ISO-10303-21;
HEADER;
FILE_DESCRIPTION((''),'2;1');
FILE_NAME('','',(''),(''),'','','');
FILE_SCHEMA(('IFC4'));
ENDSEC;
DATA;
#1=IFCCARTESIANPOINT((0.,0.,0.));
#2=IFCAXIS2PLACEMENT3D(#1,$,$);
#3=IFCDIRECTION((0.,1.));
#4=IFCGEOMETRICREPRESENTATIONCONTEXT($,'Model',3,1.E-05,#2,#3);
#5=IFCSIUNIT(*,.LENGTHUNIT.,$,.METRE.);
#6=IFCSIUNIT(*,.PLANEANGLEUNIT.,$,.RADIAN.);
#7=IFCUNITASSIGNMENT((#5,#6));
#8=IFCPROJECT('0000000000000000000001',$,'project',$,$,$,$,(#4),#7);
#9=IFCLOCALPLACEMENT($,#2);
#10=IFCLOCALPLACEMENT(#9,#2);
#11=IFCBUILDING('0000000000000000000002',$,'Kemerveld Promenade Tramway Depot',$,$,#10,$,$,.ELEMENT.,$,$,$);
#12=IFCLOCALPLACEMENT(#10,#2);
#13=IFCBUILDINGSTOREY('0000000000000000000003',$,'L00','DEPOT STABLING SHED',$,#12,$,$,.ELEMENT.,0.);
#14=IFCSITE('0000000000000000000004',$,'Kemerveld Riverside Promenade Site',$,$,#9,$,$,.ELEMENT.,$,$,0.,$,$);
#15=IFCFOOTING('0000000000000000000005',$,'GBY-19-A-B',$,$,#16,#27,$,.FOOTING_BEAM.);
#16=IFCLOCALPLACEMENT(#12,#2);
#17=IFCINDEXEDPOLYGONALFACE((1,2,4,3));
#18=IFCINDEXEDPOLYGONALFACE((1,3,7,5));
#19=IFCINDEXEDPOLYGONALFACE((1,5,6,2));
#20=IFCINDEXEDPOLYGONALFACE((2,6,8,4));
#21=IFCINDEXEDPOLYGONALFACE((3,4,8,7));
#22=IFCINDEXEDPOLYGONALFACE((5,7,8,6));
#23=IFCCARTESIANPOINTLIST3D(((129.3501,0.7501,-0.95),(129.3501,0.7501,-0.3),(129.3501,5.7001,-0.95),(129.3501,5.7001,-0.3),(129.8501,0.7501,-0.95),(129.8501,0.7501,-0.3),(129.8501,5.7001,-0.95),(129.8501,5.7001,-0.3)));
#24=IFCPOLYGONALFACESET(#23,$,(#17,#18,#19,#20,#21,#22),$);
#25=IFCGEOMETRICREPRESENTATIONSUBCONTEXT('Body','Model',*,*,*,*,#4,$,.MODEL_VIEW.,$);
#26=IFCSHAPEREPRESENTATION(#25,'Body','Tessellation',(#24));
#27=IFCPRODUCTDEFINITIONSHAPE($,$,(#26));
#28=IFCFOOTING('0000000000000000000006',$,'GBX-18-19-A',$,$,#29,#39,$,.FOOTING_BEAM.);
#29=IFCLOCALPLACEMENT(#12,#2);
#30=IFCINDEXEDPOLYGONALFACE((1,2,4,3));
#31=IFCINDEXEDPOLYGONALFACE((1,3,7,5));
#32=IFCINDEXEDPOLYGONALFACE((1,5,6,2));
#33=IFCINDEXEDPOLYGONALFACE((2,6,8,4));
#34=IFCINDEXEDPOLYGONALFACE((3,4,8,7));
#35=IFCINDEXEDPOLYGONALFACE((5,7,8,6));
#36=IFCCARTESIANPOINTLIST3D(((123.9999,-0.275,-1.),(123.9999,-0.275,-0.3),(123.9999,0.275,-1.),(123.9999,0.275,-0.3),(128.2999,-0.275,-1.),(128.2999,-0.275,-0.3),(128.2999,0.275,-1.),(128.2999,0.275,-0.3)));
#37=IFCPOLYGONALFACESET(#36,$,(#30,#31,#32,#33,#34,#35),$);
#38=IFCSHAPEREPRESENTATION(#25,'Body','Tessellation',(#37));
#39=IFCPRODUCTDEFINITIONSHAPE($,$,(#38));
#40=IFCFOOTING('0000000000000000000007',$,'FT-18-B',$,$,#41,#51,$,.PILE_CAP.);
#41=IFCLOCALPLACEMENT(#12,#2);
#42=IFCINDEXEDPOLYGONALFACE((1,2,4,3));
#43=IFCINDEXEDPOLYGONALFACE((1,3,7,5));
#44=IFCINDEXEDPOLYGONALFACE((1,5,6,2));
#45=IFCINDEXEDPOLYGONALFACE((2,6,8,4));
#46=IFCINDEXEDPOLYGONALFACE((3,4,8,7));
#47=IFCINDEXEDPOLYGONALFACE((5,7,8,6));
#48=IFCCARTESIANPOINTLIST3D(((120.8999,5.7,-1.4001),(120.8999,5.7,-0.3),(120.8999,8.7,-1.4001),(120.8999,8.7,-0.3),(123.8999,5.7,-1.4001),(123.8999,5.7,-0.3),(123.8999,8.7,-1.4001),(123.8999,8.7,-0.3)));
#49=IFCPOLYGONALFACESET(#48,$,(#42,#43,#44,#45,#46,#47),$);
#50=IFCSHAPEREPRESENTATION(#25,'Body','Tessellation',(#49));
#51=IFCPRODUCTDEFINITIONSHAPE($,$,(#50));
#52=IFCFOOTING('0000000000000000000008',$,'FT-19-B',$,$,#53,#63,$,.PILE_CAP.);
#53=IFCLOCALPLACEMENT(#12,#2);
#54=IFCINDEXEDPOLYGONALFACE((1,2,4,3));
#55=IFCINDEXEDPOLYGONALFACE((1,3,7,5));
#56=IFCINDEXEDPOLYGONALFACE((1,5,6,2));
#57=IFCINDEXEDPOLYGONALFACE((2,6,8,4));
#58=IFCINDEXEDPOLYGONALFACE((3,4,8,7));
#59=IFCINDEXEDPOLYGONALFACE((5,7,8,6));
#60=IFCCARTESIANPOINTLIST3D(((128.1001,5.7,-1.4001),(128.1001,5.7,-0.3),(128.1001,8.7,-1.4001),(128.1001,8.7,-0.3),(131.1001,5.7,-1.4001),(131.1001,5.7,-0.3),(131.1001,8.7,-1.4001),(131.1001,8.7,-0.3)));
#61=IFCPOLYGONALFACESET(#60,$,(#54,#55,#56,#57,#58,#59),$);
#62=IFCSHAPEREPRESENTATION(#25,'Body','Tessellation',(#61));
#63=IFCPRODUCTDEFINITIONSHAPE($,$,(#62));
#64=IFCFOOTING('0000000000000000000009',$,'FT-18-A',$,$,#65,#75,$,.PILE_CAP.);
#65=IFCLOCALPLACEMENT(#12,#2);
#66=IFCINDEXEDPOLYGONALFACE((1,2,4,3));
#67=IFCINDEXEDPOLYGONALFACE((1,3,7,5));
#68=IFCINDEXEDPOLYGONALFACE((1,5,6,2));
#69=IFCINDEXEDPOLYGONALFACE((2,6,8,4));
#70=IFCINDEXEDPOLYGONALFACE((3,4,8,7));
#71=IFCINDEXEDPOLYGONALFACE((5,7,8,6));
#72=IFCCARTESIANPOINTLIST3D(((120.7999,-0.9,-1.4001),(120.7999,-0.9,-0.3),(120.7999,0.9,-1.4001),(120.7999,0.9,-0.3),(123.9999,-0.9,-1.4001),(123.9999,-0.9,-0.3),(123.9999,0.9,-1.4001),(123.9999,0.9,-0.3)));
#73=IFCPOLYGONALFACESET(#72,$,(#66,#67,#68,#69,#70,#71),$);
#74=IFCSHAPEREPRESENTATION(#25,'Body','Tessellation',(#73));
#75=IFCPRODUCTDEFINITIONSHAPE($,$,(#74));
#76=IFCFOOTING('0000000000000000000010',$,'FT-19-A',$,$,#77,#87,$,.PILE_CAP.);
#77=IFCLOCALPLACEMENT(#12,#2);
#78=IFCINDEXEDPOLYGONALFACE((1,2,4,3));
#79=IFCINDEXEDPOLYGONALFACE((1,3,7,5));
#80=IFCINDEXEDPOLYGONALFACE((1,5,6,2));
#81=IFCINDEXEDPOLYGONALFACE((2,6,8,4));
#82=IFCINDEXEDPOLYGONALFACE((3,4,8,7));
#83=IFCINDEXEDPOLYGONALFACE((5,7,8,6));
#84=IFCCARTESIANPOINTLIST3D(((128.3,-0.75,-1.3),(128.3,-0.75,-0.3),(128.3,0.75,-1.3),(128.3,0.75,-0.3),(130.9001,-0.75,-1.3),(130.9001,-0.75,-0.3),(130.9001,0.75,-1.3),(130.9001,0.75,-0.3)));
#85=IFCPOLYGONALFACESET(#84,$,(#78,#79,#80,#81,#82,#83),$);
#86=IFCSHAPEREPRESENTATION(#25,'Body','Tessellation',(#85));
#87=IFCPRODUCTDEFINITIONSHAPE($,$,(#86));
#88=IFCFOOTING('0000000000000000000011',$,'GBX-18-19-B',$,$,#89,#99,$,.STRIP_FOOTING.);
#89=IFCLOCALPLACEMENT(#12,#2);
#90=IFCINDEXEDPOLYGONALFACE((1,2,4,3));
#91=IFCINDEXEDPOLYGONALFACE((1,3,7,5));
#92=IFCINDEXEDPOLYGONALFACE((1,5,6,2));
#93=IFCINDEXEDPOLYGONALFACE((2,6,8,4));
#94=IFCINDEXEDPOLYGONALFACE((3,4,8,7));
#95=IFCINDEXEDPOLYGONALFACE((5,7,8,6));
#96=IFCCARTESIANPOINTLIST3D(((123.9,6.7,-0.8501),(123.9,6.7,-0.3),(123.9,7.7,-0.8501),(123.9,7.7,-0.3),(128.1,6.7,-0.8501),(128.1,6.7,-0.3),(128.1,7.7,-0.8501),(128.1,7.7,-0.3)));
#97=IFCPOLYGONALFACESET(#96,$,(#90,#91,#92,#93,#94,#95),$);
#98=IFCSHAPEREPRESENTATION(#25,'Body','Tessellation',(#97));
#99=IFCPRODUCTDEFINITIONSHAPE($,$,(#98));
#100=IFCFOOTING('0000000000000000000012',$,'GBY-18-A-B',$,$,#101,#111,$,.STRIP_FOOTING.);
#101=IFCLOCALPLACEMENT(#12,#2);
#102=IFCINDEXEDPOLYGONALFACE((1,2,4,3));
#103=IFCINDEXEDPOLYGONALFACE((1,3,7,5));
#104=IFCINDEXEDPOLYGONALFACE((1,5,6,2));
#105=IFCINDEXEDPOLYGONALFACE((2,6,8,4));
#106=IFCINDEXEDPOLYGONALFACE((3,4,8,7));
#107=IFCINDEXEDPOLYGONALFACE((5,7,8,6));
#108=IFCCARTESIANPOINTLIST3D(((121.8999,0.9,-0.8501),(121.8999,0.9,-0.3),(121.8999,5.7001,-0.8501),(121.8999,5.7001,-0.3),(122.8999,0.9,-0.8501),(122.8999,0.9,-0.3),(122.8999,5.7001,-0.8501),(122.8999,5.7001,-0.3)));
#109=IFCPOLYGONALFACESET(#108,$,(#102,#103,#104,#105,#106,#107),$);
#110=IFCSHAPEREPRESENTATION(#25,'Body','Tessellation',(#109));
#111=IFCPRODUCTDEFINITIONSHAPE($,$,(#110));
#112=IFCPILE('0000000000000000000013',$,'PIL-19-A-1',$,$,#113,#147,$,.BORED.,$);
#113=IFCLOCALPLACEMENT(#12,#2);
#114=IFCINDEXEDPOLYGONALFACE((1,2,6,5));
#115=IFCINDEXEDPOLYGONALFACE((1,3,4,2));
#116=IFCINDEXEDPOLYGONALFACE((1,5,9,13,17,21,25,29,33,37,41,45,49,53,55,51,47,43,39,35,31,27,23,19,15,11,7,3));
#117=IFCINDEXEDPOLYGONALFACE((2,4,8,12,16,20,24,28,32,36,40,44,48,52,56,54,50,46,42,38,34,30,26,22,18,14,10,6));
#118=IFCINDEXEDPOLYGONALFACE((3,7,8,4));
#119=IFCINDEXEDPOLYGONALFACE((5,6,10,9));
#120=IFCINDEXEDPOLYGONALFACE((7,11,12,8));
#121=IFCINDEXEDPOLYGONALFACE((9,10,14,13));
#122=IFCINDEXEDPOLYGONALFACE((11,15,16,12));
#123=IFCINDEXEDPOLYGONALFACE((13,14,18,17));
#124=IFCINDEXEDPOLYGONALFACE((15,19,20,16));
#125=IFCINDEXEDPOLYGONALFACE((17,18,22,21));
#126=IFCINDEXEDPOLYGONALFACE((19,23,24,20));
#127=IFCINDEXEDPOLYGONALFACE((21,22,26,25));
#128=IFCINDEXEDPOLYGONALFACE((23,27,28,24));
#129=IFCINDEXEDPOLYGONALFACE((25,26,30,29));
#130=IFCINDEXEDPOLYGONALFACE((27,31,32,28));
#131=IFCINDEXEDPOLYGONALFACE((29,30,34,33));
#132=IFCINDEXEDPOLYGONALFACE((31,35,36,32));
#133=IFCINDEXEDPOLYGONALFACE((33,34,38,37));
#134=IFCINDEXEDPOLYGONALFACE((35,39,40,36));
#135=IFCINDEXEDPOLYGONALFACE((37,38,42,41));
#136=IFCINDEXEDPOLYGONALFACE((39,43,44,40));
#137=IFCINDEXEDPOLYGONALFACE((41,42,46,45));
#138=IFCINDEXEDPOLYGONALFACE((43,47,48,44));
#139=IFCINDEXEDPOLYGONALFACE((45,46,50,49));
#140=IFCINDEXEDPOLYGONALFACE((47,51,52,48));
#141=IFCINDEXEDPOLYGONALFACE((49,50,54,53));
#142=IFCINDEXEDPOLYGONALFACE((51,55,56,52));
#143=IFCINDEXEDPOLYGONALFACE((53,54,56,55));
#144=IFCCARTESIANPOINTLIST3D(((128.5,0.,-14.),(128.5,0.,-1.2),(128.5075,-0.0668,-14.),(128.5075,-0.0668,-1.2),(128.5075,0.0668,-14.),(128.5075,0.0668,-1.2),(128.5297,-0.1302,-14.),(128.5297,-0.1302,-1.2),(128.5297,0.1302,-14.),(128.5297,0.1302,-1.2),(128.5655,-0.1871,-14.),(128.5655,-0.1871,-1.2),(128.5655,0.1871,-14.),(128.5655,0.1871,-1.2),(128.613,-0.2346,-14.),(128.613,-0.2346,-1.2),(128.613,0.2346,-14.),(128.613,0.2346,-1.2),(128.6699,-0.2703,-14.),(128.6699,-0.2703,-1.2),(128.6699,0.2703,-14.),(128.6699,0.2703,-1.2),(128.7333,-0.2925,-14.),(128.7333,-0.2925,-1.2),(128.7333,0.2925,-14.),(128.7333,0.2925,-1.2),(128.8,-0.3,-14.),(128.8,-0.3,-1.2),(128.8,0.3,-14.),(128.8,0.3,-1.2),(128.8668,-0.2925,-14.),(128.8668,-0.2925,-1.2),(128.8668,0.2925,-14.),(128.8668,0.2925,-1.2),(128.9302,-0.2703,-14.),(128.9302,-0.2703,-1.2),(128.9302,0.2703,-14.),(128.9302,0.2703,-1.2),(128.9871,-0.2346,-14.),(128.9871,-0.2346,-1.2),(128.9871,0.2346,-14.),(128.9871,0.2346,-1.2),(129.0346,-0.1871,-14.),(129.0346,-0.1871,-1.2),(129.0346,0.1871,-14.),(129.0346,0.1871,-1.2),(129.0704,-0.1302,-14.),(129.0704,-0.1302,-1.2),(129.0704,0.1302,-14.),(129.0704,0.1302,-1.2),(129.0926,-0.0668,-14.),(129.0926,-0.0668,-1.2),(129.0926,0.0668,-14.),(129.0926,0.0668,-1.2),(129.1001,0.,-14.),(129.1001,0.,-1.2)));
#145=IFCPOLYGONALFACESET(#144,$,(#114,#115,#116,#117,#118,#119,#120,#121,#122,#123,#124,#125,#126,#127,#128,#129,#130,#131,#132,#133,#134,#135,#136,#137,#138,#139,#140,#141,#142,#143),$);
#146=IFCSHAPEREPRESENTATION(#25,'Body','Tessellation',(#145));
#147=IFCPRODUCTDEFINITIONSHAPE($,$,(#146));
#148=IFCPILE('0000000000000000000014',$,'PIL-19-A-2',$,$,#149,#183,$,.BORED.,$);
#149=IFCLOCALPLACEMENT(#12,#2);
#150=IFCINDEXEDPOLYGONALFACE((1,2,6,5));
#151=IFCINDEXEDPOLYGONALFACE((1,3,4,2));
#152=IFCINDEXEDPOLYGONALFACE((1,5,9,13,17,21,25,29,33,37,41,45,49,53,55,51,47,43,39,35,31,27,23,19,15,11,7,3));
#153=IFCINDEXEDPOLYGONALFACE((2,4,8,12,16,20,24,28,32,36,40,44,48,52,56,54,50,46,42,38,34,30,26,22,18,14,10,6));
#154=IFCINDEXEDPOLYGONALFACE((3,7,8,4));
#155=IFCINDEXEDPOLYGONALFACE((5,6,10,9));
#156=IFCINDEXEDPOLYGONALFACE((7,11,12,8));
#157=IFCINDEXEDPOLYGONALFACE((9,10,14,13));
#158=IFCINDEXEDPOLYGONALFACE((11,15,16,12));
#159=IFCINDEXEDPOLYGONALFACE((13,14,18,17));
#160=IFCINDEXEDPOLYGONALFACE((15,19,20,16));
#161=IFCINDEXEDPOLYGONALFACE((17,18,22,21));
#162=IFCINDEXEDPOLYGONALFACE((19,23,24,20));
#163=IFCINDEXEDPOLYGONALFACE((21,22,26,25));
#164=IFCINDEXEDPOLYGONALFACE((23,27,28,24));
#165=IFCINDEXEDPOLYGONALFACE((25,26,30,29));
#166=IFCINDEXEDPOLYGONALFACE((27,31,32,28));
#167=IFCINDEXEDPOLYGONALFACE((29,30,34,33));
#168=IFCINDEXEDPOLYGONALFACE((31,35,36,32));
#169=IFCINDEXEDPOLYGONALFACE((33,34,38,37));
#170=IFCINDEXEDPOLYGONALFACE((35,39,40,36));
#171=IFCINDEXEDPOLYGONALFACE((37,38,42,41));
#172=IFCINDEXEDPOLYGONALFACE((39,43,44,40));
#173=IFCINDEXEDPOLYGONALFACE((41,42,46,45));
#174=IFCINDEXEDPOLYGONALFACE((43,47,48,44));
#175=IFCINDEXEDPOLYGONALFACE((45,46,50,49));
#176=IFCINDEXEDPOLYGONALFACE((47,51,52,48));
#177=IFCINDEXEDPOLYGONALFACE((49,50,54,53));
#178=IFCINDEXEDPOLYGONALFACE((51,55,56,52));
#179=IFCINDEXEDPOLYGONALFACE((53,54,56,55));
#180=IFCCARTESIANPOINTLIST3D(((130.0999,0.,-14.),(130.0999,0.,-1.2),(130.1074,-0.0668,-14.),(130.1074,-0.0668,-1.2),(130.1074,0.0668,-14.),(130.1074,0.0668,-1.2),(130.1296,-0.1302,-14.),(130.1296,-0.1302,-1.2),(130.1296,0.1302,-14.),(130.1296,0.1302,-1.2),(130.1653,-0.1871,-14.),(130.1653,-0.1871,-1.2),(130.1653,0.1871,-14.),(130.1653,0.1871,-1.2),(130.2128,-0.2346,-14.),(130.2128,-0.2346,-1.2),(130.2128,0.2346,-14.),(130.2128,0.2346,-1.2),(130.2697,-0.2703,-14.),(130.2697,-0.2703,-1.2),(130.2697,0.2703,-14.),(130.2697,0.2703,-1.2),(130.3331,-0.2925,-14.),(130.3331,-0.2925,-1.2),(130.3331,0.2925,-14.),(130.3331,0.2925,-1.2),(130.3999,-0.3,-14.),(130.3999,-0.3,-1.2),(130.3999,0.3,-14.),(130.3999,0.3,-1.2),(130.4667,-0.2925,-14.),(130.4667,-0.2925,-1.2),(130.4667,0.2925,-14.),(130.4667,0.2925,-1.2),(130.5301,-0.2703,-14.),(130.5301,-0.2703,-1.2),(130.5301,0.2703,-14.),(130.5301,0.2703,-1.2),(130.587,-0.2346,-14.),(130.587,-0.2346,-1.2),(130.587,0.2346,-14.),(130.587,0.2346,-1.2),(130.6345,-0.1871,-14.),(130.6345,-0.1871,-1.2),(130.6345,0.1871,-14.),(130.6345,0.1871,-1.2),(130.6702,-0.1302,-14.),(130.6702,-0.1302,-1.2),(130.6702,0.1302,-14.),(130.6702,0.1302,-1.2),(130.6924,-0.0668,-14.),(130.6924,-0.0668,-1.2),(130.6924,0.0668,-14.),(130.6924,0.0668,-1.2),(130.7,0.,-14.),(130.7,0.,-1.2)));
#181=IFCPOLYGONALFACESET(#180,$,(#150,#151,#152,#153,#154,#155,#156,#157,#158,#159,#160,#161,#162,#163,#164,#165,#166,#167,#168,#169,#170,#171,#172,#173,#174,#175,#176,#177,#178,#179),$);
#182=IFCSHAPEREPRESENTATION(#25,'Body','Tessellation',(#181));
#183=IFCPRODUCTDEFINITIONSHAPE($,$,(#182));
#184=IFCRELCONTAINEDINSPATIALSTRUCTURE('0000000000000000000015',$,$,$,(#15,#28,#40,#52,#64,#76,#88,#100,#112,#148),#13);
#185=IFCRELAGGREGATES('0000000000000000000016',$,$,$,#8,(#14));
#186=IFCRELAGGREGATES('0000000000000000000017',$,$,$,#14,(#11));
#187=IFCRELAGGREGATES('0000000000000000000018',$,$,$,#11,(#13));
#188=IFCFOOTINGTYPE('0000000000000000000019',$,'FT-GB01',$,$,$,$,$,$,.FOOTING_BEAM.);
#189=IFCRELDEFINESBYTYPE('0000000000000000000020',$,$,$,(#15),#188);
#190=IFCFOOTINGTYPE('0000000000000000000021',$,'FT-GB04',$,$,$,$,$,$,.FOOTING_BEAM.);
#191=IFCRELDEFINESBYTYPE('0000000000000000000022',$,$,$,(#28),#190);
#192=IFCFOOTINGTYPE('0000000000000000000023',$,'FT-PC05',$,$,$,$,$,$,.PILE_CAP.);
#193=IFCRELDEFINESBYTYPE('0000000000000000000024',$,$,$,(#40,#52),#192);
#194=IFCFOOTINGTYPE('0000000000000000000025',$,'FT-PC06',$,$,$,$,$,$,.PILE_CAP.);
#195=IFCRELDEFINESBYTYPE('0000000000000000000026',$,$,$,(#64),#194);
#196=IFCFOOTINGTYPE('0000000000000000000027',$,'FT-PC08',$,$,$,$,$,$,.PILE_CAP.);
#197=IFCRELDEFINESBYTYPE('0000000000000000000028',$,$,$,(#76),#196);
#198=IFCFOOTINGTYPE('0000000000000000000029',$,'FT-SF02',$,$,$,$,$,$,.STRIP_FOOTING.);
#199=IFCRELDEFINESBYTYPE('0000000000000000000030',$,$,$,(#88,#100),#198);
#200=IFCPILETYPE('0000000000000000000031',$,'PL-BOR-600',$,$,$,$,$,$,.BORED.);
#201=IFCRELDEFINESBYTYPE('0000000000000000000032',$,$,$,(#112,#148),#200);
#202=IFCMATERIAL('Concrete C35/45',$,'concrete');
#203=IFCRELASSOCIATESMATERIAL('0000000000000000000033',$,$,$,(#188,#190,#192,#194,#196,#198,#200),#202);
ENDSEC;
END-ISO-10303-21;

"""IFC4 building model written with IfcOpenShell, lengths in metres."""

from ifc_helpers import new_model, si_unit, direction, frame, origin, origin_2d, place, context, subcontext, project, spatial, rectangle, circle, extrude, material, material_profile, profile_set, type_object, element, save


model = new_model("IFC4")

# Units and contexts
model_context = context("Model", 3, precision=1e-05, world=origin(), true_north=direction((0.0, 1.0)))
body_context = subcontext(model_context, "Body", "Model", "MODEL_VIEW")
ifc_project = project(units=[si_unit("LENGTHUNIT", "METRE"), si_unit("PLANEANGLEUNIT", "RADIAN")], contexts=[model_context])

# Site, building, storey
site_placement = place(None, origin())
site = spatial("IfcSite", under=ifc_project, at=site_placement, Name="Kemerveld Riverside Promenade Site", CompositionType="ELEMENT", RefElevation=0.0)
building_placement = place(site_placement, origin())
building = spatial("IfcBuilding", under=site, at=building_placement, Name="Kemerveld Promenade Tramway Depot", CompositionType="ELEMENT")
storey_placement = place(building_placement, origin())
storey = spatial("IfcBuildingStorey", under=building, at=storey_placement, Name="L00", Description="DEPOT STABLING SHED", CompositionType="ELEMENT", Elevation=0.0)

# Footings
ifc_material_1 = material(Name="Concrete C35/45", Category="concrete")
footing_type_1 = type_object("IfcFootingType", Name="FT-GB01", PredefinedType="FOOTING_BEAM", material=ifc_material_1)
footing_1_placement = place(storey_placement, frame((129.6001, 3.2251, -0.95), z_axis=(0.0, 0.0, 1.0), x_axis=(0.0, 1.0, 0.0)))
element("IfcFooting", 1, at=footing_1_placement, inside=storey, type_object=footing_type_1, Name="GBY-19-A-B", PredefinedType="FOOTING_BEAM", context=body_context, shape_type="SweptSolid", body=[
    extrude(rectangle(XDim=4.95, YDim=0.5, at=origin_2d()), origin(), (0.0, 0.0, 1.0), 0.6499),
])
footing_type_2 = type_object("IfcFootingType", Name="FT-GB04", PredefinedType="FOOTING_BEAM", material=ifc_material_1)
footing_2_placement = place(storey_placement, frame((126.1499, 0.0, -1.0), z_axis=(0.0, 0.0, 1.0), x_axis=(1.0, 0.0, 0.0)))
element("IfcFooting", 2, at=footing_2_placement, inside=storey, type_object=footing_type_2, Name="GBX-18-19-A", PredefinedType="FOOTING_BEAM", context=body_context, shape_type="SweptSolid", body=[
    extrude(rectangle(XDim=4.3, YDim=0.55, at=origin_2d()), origin(), (0.0, 0.0, 1.0), 0.7),
])
footing_type_3 = type_object("IfcFootingType", Name="FT-PC05", PredefinedType="PILE_CAP", material=ifc_material_1)
for number, where, z_axis, x_axis, name in (
    (3, (122.3999, 7.2, -1.4001), (0.0, 0.0, 1.0), (1.0, 0.0, 0.0), "FT-18-B"),
    (4, (129.6001, 7.2, -1.4001), (0.0, 0.0, 1.0), (1.0, 0.0, 0.0), "FT-19-B"),
):
    element("IfcFooting", number, at=place(storey_placement, frame(where, z_axis=z_axis, x_axis=x_axis)), inside=storey, type_object=footing_type_3, Name=name, PredefinedType="PILE_CAP", context=body_context, shape_type="SweptSolid", body=[
        extrude(rectangle(XDim=3.0, YDim=3.0, at=origin_2d()), origin(), (0.0, 0.0, 1.0), 1.1001),
    ])
footing_type_4 = type_object("IfcFootingType", Name="FT-PC06", PredefinedType="PILE_CAP", material=ifc_material_1)
footing_3_placement = place(storey_placement, frame((122.3999, 0.0, -1.4001), z_axis=(0.0, 0.0, 1.0), x_axis=(1.0, 0.0, 0.0)))
element("IfcFooting", 5, at=footing_3_placement, inside=storey, type_object=footing_type_4, Name="FT-18-A", PredefinedType="PILE_CAP", context=body_context, shape_type="SweptSolid", body=[
    extrude(rectangle(XDim=3.2, YDim=1.8, at=origin_2d()), origin(), (0.0, 0.0, 1.0), 1.1001),
])
footing_type_5 = type_object("IfcFootingType", Name="FT-PC08", PredefinedType="PILE_CAP", material=ifc_material_1)
footing_4_placement = place(storey_placement, frame((129.6001, 0.0, -1.3), z_axis=(0.0, 0.0, 1.0), x_axis=(1.0, 0.0, 0.0)))
element("IfcFooting", 6, at=footing_4_placement, inside=storey, type_object=footing_type_5, Name="FT-19-A", PredefinedType="PILE_CAP", context=body_context, shape_type="SweptSolid", body=[
    extrude(rectangle(XDim=2.6001, YDim=1.5, at=origin_2d()), origin(), (0.0, 0.0, 1.0), 1.0),
])
footing_type_6 = type_object("IfcFootingType", Name="FT-SF02", PredefinedType="STRIP_FOOTING", material=ifc_material_1)
footing_5_placement = place(storey_placement, frame((126.0, 7.2, -0.8501), z_axis=(0.0, 0.0, 1.0), x_axis=(1.0, 0.0, 0.0)))
element("IfcFooting", 7, at=footing_5_placement, inside=storey, type_object=footing_type_6, Name="GBX-18-19-B", PredefinedType="STRIP_FOOTING", context=body_context, shape_type="SweptSolid", body=[
    extrude(rectangle(XDim=4.2, YDim=1.0, at=origin_2d()), origin(), (0.0, 0.0, 1.0), 0.55),
])
footing_6_placement = place(storey_placement, frame((122.3999, 3.3, -0.8501), z_axis=(0.0, 0.0, 1.0), x_axis=(0.0, 1.0, 0.0)))
element("IfcFooting", 8, at=footing_6_placement, inside=storey, type_object=footing_type_6, Name="GBY-18-A-B", PredefinedType="STRIP_FOOTING", context=body_context, shape_type="SweptSolid", body=[
    extrude(rectangle(XDim=4.8, YDim=1.0, at=origin_2d()), origin(), (0.0, 0.0, 1.0), 0.55),
])

# Piles
ifc_material_profile_1 = material_profile(ifc_material_1, circle(Radius=0.3, at=origin_2d()), Name="PILE-D600")
ifc_profile_set_1 = profile_set([ifc_material_profile_1], Name="Concrete C35/45")
pile_type_1 = type_object("IfcPileType", Name="PL-BOR-600", PredefinedType="BORED", material=ifc_profile_set_1)
for number, where, z_axis, x_axis, name in (
    (9, (128.8, 0.0, -1.2), (0.0, 0.0, -1.0), (1.0, 0.0, 0.0), "PIL-19-A-1"),
    (10, (130.3999, 0.0, -1.2), (0.0, 0.0, -1.0), (1.0, 0.0, 0.0), "PIL-19-A-2"),
):
    element("IfcPile", number, at=place(storey_placement, frame(where, z_axis=z_axis, x_axis=x_axis)), inside=storey, type_object=pile_type_1, Name=name, PredefinedType="BORED", context=body_context, shape_type="SweptSolid", body=[
        extrude(circle(Radius=0.3, at=origin_2d()), origin(), (0.0, 0.0, 1.0), 12.8),
    ])

save(model, "model.ifc")
